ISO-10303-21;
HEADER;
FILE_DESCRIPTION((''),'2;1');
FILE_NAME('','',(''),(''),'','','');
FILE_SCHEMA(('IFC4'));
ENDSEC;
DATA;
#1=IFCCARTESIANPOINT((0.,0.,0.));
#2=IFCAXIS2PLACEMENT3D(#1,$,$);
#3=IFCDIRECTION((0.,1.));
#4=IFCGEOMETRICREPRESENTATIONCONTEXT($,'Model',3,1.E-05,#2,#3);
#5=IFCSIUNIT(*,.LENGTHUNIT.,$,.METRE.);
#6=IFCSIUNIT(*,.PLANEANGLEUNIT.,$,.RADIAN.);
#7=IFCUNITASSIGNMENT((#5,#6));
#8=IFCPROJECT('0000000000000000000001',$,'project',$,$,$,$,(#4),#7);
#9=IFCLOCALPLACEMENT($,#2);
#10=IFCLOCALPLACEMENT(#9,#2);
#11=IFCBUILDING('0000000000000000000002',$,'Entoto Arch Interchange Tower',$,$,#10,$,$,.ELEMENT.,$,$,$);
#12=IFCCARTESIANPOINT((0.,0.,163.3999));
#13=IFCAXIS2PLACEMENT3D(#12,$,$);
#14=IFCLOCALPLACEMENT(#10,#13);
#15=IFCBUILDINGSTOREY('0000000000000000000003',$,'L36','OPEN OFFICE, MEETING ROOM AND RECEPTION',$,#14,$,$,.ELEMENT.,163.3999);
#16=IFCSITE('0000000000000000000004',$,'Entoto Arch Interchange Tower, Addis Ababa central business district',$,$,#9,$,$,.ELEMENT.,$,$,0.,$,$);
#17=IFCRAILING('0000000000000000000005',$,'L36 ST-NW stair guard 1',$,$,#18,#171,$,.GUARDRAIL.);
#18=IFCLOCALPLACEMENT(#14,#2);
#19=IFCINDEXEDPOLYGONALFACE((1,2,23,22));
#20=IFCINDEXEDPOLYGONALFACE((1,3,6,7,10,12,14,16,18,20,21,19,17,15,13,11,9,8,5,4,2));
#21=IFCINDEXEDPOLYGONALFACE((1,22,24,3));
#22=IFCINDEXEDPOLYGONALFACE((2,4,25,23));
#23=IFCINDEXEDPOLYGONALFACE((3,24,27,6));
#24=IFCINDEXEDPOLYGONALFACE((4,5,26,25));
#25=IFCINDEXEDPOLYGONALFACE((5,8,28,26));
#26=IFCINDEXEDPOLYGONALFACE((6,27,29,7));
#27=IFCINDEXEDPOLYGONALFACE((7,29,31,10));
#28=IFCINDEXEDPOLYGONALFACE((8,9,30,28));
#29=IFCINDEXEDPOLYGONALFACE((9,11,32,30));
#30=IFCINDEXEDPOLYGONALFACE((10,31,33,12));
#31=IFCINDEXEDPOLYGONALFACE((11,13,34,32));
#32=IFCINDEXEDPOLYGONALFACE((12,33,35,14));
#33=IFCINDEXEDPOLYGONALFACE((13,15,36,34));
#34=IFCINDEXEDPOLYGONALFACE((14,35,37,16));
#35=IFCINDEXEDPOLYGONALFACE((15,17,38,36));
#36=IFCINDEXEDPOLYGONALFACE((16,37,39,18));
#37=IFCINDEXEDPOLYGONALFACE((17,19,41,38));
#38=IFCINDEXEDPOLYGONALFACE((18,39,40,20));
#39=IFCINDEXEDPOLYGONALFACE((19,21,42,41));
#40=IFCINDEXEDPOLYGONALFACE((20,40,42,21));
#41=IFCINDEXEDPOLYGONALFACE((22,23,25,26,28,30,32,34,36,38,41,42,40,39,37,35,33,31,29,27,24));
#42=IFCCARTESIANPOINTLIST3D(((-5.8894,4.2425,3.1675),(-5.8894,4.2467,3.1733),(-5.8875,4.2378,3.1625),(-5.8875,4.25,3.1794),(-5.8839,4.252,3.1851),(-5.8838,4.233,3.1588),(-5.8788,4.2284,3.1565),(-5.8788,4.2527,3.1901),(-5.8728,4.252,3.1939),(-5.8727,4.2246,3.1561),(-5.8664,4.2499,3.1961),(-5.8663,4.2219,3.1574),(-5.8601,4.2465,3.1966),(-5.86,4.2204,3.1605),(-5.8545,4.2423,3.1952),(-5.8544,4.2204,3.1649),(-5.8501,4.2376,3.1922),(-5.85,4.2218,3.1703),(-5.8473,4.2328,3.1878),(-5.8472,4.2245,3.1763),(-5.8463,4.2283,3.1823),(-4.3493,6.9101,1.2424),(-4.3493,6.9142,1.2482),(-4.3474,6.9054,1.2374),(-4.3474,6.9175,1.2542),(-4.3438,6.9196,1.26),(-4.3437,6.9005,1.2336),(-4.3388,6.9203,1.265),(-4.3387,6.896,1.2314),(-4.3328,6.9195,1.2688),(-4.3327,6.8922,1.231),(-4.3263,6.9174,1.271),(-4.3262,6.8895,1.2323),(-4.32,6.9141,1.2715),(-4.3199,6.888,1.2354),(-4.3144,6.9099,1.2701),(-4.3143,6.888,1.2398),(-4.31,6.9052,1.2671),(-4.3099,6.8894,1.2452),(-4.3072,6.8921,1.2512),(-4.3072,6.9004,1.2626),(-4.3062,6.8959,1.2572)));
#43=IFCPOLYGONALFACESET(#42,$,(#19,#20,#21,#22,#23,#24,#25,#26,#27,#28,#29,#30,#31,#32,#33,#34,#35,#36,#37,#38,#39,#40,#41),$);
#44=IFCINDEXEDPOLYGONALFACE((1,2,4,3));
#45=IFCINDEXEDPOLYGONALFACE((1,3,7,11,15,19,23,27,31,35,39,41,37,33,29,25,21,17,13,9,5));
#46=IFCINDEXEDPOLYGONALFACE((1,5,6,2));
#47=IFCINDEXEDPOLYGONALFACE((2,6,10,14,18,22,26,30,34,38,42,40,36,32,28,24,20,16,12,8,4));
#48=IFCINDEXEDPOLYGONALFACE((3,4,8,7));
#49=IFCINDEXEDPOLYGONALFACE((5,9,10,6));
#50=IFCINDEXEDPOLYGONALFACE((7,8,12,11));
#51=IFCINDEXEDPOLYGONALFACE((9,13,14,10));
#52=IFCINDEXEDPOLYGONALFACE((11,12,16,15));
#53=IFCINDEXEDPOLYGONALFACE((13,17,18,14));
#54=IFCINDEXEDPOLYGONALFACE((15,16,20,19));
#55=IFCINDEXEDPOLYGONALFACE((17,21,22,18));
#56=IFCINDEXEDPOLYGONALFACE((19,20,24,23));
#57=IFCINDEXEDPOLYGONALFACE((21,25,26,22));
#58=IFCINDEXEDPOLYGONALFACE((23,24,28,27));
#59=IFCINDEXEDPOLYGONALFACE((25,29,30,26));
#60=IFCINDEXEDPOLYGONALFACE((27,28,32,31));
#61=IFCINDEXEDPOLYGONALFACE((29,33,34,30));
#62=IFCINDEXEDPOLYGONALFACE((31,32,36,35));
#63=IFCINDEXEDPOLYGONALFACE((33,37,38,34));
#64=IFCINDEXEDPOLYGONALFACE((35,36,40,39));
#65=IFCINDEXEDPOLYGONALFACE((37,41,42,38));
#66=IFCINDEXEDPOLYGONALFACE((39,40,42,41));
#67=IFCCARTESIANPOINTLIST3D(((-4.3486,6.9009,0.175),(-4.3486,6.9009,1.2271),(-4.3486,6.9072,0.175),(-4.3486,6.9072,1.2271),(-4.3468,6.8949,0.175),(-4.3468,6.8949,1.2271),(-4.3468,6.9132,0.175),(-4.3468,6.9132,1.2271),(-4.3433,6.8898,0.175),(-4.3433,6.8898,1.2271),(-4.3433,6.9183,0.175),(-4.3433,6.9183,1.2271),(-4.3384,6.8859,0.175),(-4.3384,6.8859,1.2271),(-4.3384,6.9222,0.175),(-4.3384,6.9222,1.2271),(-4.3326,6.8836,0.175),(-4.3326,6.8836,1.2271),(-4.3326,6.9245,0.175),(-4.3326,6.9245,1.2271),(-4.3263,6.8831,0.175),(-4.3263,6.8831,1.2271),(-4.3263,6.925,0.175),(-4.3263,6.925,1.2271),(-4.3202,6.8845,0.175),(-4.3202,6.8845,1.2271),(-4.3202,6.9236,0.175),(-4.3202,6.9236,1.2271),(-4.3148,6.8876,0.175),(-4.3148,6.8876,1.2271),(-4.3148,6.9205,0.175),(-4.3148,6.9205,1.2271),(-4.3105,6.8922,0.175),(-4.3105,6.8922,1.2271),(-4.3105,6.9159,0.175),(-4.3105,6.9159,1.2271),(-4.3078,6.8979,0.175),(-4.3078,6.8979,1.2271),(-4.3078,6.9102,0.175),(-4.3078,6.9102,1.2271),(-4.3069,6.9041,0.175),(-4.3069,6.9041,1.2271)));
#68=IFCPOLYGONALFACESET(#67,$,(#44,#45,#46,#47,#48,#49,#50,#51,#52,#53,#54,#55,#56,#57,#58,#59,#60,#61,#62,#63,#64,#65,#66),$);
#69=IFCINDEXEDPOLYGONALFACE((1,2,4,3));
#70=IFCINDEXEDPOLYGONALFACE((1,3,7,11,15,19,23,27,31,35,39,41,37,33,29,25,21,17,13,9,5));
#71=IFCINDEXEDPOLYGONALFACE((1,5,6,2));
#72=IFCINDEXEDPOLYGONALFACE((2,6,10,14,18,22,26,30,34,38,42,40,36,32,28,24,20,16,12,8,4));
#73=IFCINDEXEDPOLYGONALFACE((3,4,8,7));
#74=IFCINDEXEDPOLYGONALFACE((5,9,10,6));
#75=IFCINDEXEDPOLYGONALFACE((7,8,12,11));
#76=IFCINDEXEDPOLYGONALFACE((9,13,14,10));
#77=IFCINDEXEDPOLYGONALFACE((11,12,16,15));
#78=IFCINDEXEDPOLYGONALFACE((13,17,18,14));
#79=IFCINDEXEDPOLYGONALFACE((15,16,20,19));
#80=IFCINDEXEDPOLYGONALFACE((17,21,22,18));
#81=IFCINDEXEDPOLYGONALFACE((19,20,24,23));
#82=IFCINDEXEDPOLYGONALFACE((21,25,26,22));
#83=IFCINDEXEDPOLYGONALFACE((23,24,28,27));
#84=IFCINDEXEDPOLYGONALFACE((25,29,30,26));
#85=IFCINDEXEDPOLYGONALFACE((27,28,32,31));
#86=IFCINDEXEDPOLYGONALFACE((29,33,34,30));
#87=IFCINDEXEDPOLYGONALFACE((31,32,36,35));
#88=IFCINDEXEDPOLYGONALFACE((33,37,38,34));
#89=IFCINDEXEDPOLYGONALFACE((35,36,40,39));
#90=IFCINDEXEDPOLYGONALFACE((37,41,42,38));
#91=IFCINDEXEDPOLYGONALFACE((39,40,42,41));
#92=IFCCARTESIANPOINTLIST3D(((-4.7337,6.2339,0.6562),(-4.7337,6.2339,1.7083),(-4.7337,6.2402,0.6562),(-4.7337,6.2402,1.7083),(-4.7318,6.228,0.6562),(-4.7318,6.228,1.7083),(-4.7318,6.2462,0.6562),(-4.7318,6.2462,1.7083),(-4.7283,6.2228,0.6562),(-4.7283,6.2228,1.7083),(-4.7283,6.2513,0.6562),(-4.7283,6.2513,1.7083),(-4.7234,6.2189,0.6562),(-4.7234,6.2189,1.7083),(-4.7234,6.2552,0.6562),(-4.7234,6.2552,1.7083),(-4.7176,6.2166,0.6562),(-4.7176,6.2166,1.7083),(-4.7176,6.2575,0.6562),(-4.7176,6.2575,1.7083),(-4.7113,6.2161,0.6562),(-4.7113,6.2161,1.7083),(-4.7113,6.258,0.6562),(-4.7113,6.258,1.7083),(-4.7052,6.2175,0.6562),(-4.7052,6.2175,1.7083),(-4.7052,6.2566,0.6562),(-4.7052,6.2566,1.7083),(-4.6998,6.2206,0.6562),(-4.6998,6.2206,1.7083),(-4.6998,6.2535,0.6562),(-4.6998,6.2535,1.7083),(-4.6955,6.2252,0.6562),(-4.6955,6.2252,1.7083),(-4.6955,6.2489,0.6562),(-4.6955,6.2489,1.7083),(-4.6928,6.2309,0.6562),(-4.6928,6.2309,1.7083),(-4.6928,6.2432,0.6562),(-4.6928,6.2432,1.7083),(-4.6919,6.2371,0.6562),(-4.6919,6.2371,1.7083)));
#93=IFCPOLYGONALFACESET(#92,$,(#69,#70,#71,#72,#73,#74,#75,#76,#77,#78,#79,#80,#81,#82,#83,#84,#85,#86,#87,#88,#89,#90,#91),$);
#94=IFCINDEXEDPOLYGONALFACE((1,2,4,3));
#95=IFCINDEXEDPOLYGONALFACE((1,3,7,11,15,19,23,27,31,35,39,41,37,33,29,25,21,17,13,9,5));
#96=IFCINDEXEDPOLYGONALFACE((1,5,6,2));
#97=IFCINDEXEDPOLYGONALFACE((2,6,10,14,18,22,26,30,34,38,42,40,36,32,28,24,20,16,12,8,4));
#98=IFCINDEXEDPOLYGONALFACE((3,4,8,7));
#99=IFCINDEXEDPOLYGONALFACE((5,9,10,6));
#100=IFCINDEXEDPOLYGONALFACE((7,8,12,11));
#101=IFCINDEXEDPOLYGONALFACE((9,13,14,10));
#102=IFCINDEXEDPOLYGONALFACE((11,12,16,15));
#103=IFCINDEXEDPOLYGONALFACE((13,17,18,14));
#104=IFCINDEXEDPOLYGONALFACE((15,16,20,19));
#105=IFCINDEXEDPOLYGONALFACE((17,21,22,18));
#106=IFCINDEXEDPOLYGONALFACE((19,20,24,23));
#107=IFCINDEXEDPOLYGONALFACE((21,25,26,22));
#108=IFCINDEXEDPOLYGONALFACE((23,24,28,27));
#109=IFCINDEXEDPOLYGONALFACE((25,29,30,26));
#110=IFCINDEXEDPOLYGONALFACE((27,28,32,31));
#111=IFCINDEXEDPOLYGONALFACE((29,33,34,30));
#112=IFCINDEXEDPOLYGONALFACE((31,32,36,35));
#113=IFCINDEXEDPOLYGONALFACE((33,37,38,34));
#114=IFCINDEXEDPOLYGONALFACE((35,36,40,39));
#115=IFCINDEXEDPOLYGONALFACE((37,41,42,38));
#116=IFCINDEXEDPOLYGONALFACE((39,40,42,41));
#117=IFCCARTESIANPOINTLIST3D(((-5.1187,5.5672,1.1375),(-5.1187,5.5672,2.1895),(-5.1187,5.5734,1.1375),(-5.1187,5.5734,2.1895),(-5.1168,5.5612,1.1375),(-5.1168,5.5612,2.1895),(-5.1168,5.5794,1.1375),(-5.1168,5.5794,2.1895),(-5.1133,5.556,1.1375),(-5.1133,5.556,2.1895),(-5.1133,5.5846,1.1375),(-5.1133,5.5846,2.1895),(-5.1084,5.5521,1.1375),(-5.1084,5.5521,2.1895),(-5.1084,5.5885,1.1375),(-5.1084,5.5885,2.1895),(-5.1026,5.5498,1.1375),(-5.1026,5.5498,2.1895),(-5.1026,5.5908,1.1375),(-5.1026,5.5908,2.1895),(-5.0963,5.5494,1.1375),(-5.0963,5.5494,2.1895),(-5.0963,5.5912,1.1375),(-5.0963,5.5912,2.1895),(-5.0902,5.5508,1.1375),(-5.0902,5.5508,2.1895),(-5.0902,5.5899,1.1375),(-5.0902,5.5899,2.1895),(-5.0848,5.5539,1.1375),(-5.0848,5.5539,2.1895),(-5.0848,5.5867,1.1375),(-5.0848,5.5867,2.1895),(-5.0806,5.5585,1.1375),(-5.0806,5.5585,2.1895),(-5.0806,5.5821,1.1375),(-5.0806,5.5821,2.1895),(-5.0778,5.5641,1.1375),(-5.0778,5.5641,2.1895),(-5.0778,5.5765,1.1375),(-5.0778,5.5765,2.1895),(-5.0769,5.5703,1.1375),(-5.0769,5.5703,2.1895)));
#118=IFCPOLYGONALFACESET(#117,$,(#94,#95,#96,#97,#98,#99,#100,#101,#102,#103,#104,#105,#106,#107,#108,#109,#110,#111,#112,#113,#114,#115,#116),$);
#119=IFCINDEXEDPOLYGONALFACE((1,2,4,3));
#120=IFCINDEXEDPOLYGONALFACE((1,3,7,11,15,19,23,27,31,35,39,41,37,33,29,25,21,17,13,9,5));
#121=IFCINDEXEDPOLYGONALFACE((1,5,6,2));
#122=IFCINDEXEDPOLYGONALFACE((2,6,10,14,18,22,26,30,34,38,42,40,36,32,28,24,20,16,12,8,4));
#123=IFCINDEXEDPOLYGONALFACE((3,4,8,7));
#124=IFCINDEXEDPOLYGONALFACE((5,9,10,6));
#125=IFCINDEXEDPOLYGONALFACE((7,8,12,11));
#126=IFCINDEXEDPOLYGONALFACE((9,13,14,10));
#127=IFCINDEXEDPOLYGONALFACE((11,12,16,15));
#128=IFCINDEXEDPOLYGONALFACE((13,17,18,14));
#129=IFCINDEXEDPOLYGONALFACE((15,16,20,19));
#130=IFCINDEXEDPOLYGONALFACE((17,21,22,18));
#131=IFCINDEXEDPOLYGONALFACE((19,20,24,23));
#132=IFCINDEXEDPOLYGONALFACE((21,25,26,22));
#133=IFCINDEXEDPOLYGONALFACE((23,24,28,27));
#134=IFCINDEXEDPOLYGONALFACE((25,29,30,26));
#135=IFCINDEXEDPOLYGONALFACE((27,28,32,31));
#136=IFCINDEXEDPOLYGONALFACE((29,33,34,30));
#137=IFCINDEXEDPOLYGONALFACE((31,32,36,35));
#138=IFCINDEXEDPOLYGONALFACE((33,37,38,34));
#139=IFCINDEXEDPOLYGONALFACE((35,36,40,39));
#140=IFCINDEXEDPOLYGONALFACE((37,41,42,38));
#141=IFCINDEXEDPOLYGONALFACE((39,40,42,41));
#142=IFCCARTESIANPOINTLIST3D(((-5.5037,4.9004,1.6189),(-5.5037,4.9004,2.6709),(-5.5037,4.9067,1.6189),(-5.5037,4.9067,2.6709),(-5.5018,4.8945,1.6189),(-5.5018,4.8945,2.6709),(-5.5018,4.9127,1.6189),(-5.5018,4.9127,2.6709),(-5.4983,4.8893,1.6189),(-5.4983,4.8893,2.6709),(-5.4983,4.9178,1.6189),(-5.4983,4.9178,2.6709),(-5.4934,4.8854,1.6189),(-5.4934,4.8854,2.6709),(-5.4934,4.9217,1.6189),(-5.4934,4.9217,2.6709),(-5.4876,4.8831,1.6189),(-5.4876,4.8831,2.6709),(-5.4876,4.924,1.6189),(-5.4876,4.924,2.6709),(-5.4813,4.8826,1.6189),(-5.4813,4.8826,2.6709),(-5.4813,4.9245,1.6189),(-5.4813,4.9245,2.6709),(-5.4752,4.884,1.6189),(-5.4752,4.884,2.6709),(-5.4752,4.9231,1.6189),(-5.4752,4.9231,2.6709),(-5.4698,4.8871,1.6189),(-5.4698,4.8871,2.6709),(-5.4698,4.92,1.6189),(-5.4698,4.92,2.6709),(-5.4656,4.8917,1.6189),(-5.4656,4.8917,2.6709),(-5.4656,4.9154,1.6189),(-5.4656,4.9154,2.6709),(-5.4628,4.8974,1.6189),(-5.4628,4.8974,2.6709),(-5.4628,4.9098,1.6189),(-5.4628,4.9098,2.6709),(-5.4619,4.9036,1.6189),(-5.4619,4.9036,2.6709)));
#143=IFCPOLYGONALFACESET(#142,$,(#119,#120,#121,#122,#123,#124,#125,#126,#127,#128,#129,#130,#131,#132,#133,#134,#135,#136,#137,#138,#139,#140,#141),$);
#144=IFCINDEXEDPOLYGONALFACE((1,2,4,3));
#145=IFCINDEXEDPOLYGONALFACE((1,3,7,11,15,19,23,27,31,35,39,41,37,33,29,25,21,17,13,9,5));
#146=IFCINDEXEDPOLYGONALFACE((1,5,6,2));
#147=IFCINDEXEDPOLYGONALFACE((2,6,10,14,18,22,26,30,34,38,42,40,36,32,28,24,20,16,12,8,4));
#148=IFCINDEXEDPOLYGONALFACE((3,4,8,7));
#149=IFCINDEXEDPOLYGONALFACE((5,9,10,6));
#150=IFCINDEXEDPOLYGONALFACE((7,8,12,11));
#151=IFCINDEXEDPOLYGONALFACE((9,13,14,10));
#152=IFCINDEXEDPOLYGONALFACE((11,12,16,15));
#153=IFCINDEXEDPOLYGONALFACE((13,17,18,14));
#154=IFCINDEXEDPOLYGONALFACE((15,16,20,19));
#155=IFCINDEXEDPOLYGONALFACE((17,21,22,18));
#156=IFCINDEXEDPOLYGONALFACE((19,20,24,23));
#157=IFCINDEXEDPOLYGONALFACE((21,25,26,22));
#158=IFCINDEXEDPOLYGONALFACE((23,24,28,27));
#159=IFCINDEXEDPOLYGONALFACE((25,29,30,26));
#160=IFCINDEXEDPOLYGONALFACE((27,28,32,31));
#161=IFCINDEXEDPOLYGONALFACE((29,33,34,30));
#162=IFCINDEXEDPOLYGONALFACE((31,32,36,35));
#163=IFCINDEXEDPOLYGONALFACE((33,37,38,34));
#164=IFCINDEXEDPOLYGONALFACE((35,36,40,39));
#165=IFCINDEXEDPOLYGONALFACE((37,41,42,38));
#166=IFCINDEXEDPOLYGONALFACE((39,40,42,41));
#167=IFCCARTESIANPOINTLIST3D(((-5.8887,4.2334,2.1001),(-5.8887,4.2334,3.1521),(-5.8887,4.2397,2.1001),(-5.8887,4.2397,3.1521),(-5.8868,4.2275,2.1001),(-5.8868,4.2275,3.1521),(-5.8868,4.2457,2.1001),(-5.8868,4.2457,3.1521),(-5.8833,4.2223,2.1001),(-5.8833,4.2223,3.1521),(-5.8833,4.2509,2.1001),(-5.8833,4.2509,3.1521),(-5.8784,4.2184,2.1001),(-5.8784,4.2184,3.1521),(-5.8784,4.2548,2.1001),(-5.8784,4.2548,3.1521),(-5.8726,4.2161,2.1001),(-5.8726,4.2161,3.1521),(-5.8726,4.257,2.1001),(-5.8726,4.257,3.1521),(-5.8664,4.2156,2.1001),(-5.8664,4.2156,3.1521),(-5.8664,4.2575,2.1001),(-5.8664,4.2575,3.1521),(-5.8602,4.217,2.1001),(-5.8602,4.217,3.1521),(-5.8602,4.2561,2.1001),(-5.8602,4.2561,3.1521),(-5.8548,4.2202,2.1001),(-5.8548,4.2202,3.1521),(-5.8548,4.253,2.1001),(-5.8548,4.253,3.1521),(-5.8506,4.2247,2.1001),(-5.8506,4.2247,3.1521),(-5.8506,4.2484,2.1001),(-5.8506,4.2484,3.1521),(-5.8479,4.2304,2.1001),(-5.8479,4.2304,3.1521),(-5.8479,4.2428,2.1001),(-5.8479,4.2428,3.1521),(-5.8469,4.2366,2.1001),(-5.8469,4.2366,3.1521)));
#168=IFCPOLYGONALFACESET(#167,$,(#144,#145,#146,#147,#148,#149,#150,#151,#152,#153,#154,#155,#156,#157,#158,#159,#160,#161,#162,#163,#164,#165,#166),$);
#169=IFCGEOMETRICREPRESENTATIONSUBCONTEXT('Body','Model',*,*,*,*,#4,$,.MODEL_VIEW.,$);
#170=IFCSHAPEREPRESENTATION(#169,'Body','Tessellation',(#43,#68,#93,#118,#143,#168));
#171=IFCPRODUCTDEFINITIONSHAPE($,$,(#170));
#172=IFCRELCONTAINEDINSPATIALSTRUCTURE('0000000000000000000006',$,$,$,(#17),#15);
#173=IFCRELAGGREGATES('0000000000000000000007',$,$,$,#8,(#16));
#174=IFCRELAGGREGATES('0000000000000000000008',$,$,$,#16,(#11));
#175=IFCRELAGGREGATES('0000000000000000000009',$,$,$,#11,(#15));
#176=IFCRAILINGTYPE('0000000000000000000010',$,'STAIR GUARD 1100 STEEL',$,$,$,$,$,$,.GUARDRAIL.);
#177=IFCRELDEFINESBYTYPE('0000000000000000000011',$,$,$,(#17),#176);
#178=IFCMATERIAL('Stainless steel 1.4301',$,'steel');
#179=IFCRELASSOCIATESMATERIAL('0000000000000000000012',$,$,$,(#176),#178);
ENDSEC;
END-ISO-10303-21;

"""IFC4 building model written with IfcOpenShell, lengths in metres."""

from ifc_helpers import new_model, si_unit, direction, frame, origin, origin_2d, place, context, subcontext, project, spatial, circle, extrude, material, type_object, element, save


model = new_model("IFC4")

# Units and contexts
model_context = context("Model", 3, precision=1e-05, world=origin(), true_north=direction((0.0, 1.0)))
body_context = subcontext(model_context, "Body", "Model", "MODEL_VIEW")
ifc_project = project(units=[si_unit("LENGTHUNIT", "METRE"), si_unit("PLANEANGLEUNIT", "RADIAN")], contexts=[model_context])

# Site, building, storey
site_placement = place(None, origin())
site = spatial("IfcSite", under=ifc_project, at=site_placement, Name="Entoto Arch Interchange Tower, Addis Ababa central business district", CompositionType="ELEMENT", RefElevation=0.0)
building_placement = place(site_placement, origin())
building = spatial("IfcBuilding", under=site, at=building_placement, Name="Entoto Arch Interchange Tower", CompositionType="ELEMENT")
storey_placement = place(building_placement, frame((0.0, 0.0, 163.3999)))
storey = spatial("IfcBuildingStorey", under=building, at=storey_placement, Name="L36", Description="OPEN OFFICE, MEETING ROOM AND RECEPTION", CompositionType="ELEMENT", Elevation=163.3999)

# Railing
ifc_material_1 = material(Name="Stainless steel 1.4301", Category="steel")
railing_type = type_object("IfcRailingType", Name="STAIR GUARD 1100 STEEL", PredefinedType="GUARDRAIL", material=ifc_material_1)
railing_1_placement = place(storey_placement, frame((-4.3279, 6.9041, 0.175)))
element("IfcRailing", 1, at=railing_1_placement, inside=storey, type_object=railing_type, Name="L36 ST-NW stair guard 1", PredefinedType="GUARDRAIL", context=body_context, shape_type="SweptSolid", body=[
    extrude(circle(Radius=0.0239, at=origin_2d()), frame((0.0, 0.0, 1.0762), z_axis=(-0.423994, -0.734395, 0.529993), x_axis=(0.86603, -0.499992, 0.0)), (0.0, 0.0, 1.0), 3.6323),
    extrude(circle(Radius=0.021, at=origin_2d()), origin(), (0.0, 0.0, 1.0), 1.052),
    extrude(circle(Radius=0.021, at=origin_2d()), frame((-0.385, -0.667, 0.4812)), (0.0, 0.0, 1.0), 1.052),
    extrude(circle(Radius=0.021, at=origin_2d()), frame((-0.77, -1.3337, 0.9624)), (0.0, 0.0, 1.0), 1.052),
    extrude(circle(Radius=0.021, at=origin_2d()), frame((-1.155, -2.0005, 1.4438)), (0.0, 0.0, 1.0), 1.052),
    extrude(circle(Radius=0.021, at=origin_2d()), frame((-1.54, -2.6675, 1.925)), (0.0, 0.0, 1.0), 1.052),
])

save(model, "model.ifc")
